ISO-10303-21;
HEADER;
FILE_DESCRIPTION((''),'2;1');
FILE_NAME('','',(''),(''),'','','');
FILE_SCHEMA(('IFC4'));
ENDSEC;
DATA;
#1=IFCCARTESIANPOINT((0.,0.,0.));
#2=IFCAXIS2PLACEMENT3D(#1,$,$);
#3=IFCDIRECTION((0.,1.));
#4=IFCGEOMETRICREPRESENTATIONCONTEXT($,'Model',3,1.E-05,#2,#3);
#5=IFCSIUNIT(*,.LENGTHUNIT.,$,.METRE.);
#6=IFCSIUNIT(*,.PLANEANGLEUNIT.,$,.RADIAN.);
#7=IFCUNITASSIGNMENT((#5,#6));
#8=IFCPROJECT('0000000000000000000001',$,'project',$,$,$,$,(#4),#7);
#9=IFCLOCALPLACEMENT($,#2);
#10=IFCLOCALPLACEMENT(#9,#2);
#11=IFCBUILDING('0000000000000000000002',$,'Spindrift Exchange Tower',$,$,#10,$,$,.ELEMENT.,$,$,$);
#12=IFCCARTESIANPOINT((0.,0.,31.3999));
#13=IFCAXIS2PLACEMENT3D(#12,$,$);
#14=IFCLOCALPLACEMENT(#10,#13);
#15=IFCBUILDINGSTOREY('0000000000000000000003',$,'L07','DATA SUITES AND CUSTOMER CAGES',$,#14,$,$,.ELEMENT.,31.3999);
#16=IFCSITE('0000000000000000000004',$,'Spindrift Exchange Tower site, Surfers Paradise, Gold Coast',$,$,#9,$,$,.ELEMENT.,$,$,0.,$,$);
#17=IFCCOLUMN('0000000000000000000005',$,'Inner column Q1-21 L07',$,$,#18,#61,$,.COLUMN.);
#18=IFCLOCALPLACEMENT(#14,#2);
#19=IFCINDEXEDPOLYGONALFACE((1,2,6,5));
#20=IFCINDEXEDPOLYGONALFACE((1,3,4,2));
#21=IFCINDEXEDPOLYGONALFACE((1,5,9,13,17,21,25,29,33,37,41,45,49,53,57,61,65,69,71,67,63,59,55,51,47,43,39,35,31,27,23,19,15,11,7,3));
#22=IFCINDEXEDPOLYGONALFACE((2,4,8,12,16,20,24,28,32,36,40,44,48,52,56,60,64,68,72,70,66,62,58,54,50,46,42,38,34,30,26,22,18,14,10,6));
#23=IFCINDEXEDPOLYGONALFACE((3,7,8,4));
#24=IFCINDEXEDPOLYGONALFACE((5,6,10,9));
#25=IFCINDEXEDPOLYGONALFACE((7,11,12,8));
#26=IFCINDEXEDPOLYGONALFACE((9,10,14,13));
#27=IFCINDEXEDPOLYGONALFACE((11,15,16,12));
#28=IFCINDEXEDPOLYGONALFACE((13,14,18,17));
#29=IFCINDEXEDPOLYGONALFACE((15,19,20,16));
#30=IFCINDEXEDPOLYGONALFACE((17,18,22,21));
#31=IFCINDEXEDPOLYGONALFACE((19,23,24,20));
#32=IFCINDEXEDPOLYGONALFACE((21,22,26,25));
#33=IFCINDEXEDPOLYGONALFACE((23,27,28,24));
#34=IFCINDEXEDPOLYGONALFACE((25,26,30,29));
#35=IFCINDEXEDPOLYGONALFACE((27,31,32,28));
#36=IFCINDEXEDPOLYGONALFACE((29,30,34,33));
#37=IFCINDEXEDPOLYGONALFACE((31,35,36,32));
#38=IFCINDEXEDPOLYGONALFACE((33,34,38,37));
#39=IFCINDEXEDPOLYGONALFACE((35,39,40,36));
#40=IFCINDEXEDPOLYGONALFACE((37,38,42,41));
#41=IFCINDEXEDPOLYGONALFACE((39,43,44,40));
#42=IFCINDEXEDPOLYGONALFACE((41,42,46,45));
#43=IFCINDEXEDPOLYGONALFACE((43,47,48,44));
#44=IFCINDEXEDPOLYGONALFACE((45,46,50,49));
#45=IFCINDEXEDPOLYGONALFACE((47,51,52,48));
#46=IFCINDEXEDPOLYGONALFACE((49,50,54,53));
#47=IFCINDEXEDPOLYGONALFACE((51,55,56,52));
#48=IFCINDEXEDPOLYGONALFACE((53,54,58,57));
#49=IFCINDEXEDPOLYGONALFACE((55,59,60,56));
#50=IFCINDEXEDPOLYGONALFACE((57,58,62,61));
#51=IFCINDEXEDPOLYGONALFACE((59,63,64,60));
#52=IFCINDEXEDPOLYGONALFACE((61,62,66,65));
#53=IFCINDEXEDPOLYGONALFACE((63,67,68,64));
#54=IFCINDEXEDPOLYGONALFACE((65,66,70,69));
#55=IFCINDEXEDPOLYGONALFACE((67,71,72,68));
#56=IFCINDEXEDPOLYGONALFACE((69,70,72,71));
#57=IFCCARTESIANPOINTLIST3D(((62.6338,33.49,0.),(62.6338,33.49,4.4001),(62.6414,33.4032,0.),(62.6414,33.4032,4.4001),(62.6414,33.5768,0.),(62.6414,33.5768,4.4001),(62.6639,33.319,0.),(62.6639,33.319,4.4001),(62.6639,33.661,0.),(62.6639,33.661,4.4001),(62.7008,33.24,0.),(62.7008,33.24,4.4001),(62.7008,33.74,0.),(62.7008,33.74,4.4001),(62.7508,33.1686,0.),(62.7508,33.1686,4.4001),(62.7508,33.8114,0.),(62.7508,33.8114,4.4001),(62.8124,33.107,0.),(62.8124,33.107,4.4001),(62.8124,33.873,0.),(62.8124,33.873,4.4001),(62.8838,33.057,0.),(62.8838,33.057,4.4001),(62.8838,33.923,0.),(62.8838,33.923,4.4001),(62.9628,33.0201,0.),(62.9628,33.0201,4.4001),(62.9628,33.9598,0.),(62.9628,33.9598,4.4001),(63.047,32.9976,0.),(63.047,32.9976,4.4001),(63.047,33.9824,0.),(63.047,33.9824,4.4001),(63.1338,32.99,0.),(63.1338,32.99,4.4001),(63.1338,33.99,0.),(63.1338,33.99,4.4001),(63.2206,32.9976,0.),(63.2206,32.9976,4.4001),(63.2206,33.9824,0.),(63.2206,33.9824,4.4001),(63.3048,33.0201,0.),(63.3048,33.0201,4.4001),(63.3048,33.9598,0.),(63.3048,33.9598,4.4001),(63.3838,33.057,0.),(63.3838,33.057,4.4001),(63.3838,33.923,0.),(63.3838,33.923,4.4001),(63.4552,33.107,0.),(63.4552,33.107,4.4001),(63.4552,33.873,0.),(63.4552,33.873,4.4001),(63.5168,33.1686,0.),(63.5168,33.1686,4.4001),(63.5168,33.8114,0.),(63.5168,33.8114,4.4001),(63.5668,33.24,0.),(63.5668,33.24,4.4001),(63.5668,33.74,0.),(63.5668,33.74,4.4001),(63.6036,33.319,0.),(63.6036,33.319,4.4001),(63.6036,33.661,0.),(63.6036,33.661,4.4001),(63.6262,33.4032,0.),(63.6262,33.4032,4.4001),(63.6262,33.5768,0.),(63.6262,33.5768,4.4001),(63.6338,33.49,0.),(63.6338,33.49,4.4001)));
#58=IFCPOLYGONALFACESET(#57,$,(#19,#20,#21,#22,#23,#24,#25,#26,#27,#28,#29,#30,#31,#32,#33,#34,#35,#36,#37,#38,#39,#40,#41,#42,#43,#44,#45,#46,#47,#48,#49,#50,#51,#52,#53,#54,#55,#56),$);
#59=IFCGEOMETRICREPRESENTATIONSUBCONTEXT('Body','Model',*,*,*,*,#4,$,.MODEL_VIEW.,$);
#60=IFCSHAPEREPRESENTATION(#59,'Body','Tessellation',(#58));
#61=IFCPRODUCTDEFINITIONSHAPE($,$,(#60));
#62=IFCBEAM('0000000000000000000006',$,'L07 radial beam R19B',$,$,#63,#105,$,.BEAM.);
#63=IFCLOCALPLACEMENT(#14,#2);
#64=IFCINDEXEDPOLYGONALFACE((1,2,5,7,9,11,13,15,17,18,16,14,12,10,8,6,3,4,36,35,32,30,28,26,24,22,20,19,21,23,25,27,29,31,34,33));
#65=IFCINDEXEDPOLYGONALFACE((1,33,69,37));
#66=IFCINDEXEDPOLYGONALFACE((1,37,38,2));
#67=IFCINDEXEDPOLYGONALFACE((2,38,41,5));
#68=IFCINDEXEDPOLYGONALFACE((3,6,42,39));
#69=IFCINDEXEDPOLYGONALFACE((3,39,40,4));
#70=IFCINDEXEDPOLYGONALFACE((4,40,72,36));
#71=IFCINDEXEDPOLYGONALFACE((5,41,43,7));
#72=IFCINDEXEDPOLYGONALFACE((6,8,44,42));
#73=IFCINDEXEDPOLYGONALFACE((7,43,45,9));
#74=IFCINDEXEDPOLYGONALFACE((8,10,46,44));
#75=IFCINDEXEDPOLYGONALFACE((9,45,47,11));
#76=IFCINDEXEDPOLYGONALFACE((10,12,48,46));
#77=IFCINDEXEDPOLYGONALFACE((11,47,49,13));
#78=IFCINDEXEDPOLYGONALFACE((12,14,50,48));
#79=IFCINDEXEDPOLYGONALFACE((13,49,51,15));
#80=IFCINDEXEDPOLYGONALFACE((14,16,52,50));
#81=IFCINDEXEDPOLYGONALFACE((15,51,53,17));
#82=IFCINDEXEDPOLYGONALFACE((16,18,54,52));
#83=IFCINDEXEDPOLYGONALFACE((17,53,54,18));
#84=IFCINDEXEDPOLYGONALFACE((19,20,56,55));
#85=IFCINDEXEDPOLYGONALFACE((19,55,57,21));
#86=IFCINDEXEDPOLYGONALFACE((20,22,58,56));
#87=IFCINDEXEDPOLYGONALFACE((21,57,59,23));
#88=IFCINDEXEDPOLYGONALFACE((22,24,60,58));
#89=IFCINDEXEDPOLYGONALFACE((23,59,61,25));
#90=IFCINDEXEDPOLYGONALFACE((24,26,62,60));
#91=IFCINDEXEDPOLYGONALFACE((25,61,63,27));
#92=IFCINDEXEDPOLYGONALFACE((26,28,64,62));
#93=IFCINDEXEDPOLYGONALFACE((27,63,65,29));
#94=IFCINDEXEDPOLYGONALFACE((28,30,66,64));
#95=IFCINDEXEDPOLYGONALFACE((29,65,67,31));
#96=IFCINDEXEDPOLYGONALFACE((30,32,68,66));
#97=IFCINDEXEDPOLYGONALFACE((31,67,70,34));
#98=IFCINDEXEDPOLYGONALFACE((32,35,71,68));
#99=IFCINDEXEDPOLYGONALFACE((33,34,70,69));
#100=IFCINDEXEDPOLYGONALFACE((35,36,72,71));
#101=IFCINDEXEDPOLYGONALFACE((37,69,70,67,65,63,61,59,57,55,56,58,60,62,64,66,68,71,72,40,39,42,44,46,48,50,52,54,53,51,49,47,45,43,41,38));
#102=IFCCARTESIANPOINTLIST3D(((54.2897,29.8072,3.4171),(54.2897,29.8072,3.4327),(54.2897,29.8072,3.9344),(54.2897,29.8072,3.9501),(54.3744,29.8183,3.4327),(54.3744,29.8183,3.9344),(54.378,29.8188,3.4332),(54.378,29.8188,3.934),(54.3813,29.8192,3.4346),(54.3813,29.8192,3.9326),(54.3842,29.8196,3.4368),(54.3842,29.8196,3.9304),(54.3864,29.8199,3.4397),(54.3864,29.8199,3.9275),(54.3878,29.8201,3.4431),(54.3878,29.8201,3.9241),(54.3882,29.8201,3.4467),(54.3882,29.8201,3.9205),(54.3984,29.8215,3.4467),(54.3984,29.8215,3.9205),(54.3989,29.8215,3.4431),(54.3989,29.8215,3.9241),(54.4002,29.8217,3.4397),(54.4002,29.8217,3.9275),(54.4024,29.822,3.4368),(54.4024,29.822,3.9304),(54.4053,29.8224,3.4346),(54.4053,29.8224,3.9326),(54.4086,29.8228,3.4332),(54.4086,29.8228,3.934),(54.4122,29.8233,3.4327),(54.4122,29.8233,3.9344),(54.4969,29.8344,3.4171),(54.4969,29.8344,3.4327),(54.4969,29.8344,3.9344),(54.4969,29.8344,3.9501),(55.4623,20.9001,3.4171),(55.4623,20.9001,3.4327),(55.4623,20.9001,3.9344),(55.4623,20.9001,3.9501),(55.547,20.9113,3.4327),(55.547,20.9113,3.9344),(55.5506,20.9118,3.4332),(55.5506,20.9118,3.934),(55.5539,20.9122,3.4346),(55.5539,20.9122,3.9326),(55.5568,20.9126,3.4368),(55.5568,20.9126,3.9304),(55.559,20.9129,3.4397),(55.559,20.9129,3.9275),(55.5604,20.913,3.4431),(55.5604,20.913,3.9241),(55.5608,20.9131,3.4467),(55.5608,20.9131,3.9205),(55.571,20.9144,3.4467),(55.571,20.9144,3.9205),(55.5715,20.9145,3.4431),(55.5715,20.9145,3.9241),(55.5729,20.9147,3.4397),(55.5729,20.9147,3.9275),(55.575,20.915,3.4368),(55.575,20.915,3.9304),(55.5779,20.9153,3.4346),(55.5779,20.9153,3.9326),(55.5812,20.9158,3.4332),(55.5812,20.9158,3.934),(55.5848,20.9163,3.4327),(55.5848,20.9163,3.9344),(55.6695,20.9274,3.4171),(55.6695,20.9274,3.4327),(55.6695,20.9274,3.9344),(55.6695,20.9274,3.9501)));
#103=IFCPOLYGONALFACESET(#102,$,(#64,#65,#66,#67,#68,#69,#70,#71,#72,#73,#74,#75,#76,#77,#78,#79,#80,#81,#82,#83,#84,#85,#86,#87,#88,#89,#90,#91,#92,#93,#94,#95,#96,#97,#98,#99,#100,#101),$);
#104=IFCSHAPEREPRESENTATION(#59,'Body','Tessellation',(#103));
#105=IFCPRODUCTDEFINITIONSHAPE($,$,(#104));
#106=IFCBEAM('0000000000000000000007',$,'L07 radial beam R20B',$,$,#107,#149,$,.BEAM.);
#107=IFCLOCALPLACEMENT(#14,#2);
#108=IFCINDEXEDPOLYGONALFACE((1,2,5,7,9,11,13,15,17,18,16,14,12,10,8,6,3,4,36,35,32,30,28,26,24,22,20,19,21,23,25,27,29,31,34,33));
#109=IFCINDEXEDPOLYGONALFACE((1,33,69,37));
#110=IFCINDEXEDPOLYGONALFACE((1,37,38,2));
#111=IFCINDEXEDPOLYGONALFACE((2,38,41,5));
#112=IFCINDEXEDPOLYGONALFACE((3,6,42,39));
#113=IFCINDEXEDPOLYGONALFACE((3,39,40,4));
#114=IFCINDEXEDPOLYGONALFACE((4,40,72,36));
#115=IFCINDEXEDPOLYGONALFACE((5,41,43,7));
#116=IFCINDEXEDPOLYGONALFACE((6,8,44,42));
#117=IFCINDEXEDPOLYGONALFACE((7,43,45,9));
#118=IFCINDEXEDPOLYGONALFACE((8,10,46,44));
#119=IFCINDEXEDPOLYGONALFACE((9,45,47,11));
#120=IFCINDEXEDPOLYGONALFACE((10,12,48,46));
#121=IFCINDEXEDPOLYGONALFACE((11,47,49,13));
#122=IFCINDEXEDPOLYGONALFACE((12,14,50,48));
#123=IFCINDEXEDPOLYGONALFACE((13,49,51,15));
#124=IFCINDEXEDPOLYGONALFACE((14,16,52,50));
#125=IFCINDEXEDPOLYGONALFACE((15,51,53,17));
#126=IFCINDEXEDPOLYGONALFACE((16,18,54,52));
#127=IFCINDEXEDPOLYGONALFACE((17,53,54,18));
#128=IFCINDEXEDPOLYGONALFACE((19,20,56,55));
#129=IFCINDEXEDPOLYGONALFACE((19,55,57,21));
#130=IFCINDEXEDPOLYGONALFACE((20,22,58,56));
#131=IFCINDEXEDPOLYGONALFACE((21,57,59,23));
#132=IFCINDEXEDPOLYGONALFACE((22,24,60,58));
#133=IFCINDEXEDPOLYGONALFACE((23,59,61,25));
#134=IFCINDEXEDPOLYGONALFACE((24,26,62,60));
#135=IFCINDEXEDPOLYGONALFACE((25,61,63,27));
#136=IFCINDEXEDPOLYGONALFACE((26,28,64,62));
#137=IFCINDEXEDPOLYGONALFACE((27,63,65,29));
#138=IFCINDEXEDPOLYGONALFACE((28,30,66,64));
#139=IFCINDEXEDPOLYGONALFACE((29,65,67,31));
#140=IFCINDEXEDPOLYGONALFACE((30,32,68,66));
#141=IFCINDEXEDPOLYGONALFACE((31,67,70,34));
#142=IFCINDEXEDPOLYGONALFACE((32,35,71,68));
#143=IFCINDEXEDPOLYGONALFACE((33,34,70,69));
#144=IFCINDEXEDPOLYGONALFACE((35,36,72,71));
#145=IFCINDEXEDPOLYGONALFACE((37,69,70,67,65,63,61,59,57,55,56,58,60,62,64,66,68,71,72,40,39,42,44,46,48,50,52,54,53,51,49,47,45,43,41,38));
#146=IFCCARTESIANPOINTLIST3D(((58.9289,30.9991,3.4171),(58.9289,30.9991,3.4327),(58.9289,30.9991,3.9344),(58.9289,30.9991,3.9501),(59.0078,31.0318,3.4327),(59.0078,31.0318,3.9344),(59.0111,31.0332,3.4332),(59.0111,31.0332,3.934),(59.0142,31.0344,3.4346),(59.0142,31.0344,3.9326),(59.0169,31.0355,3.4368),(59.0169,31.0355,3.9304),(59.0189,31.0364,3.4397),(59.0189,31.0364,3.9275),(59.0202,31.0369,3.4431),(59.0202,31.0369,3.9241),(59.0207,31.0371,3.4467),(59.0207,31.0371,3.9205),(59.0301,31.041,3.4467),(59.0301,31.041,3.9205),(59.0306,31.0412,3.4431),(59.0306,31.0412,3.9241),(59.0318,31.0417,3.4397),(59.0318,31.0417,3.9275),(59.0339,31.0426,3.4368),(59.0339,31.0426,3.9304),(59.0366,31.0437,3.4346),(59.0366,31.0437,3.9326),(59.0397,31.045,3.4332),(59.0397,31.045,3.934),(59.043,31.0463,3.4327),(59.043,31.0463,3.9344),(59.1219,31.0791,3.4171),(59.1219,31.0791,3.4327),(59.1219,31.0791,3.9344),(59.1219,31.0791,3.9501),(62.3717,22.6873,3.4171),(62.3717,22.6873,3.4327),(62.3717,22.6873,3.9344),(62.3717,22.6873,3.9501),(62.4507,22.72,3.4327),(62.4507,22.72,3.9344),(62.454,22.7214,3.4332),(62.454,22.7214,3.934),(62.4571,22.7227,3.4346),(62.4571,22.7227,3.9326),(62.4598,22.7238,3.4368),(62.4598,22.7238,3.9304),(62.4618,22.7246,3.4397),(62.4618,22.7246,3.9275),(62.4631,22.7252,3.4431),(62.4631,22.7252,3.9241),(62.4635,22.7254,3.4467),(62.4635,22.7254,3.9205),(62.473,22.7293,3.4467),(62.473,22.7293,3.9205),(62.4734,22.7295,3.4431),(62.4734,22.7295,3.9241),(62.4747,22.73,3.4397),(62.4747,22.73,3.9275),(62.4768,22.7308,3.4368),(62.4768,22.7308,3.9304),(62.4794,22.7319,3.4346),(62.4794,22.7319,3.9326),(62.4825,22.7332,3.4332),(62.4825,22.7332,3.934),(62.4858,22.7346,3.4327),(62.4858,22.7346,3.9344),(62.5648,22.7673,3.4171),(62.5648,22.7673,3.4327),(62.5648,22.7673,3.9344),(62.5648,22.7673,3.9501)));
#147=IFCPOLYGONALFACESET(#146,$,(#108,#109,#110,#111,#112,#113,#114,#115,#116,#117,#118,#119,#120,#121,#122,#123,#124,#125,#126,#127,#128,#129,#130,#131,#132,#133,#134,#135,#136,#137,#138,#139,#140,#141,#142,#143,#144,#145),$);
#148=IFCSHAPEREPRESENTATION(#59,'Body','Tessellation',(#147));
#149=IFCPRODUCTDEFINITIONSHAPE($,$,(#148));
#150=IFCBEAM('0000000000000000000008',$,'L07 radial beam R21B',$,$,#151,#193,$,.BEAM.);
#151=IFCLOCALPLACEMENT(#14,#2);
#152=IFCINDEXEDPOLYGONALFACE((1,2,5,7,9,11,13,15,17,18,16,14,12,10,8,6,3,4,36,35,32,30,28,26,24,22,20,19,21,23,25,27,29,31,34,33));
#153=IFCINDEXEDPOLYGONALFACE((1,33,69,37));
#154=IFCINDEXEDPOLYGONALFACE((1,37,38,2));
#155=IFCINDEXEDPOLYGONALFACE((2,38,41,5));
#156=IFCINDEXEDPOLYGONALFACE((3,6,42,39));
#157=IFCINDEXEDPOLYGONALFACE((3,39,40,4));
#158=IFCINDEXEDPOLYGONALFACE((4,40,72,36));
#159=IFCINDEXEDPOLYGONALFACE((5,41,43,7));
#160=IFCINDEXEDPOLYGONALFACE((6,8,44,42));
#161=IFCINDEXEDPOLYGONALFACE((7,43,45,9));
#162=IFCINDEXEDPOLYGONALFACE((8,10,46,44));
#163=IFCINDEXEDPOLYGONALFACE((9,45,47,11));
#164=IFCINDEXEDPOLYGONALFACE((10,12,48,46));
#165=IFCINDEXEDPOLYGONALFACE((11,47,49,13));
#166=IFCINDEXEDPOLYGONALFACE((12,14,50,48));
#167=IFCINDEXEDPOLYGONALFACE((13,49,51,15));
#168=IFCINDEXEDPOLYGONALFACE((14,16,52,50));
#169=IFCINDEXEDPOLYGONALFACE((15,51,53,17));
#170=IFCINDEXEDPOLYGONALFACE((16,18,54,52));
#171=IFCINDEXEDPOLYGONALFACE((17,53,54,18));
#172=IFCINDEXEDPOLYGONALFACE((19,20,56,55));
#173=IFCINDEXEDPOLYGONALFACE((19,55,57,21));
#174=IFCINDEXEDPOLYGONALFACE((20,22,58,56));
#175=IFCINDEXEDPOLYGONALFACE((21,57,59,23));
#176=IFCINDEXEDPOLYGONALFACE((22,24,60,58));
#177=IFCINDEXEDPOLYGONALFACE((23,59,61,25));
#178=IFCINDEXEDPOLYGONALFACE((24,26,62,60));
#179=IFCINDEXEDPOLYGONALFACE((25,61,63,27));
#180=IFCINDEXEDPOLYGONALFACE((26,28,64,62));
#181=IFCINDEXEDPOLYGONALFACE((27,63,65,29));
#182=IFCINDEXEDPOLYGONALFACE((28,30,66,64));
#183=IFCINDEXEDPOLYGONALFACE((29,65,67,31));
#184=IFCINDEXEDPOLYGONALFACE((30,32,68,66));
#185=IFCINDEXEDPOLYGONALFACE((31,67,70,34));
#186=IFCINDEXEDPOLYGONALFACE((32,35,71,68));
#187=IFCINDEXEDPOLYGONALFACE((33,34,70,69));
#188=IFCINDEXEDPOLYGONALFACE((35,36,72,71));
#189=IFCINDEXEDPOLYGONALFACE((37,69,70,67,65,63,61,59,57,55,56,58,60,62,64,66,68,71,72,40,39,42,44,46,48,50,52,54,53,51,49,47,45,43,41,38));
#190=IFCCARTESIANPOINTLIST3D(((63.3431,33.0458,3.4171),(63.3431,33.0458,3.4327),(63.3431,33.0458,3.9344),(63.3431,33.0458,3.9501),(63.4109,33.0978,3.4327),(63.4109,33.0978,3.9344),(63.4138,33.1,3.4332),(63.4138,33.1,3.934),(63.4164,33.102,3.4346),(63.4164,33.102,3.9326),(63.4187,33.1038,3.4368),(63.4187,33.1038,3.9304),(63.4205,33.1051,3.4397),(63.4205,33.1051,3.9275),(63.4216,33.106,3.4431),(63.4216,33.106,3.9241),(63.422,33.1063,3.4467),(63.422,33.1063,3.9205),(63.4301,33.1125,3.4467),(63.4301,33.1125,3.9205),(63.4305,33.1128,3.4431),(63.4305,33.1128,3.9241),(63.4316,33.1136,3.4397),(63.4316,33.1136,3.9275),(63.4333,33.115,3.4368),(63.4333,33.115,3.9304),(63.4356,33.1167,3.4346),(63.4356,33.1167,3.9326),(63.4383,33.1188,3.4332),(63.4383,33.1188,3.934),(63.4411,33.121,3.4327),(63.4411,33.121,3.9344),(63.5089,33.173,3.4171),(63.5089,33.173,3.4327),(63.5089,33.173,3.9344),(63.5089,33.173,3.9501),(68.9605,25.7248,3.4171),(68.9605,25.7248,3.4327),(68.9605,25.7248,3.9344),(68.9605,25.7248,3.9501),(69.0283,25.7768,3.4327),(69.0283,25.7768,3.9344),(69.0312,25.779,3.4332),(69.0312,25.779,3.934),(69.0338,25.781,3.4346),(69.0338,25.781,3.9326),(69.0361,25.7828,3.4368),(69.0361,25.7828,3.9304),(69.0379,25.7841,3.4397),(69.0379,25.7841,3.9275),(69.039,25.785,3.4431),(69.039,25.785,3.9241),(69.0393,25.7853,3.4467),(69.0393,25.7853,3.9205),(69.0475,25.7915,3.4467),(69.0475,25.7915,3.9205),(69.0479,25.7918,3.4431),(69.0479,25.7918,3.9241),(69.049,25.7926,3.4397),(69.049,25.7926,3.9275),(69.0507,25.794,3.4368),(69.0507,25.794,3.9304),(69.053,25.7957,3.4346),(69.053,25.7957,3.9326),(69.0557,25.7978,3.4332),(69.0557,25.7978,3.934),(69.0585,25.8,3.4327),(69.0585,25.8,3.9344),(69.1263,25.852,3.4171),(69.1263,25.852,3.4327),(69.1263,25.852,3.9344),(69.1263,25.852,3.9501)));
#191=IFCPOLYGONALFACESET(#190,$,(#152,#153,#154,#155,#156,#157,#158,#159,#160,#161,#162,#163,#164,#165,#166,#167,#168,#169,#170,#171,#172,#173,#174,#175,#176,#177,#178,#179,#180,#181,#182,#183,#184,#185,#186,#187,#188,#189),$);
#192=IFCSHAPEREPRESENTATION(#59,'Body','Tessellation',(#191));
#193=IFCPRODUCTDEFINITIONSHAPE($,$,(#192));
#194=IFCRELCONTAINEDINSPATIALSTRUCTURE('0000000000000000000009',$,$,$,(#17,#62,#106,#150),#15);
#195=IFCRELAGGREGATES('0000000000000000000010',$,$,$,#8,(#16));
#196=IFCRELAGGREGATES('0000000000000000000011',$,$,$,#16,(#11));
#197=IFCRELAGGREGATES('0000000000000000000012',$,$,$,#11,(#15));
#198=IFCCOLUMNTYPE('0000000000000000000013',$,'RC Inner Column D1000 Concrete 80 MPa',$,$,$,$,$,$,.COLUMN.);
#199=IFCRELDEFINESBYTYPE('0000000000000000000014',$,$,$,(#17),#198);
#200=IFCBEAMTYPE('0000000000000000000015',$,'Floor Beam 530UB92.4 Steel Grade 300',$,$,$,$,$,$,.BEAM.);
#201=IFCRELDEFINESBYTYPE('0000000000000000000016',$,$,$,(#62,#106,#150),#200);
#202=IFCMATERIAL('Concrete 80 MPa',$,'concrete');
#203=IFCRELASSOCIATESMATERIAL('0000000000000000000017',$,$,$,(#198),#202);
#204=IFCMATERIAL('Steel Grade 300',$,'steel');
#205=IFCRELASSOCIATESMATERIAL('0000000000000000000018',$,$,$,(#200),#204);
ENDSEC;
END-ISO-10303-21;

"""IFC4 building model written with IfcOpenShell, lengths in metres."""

from ifc_helpers import new_model, si_unit, direction, frame, origin, origin_2d, place, context, subcontext, project, spatial, circle, i_section, extrude, source, transform, mapped, material, material_profile, profile_set, type_object, element, save


model = new_model("IFC4")

# Units and contexts
model_context = context("Model", 3, precision=1e-05, world=origin(), true_north=direction((0.0, 1.0)))
body_context = subcontext(model_context, "Body", "Model", "MODEL_VIEW")
ifc_project = project(units=[si_unit("LENGTHUNIT", "METRE"), si_unit("PLANEANGLEUNIT", "RADIAN")], contexts=[model_context])

# Site, building, storey
site_placement = place(None, origin())
site = spatial("IfcSite", under=ifc_project, at=site_placement, Name="Spindrift Exchange Tower site, Surfers Paradise, Gold Coast", CompositionType="ELEMENT", RefElevation=0.0)
building_placement = place(site_placement, origin())
building = spatial("IfcBuilding", under=site, at=building_placement, Name="Spindrift Exchange Tower", CompositionType="ELEMENT")
storey_placement = place(building_placement, frame((0.0, 0.0, 31.3999)))
storey = spatial("IfcBuildingStorey", under=building, at=storey_placement, Name="L07", Description="DATA SUITES AND CUSTOMER CAGES", CompositionType="ELEMENT", Elevation=31.3999)

# Column
ifc_material_1 = material(Name="Concrete 80 MPa", Category="concrete")
ifc_material_profile_1 = material_profile(ifc_material_1, circle(Radius=0.5, at=origin_2d()), Name="RC D1000")
ifc_profile_set_1 = profile_set([ifc_material_profile_1], Name="Concrete 80 MPa")
column_type_1 = type_object("IfcColumnType", Name="RC Inner Column D1000 Concrete 80 MPa", PredefinedType="COLUMN", material=ifc_profile_set_1)
shared_shape_1 = source(origin(), body_context, "Body", "SweptSolid", [
    extrude(circle(Radius=0.5, at=origin_2d()), origin(), (0.0, 0.0, 1.0), 4.4001),
])
for number, where, z_axis, x_axis, name in (
    (1, (63.1338, 33.49, 0.0), (0.0, 0.0, 1.0), (1.0, 0.0, 0.0), "Inner column Q1-21 L07"),
):
    element("IfcColumn", number, at=place(storey_placement, frame(where, z_axis=z_axis, x_axis=x_axis)), inside=storey, type_object=column_type_1, Name=name, PredefinedType="COLUMN", context=body_context, shape_type="MappedRepresentation", body=[
        mapped(shared_shape_1, transform((0.0, 0.0, 0.0), scale=1.0)),
    ])

# Beams
ifc_material_2 = material(Name="Steel Grade 300", Category="steel")
ifc_material_profile_2 = material_profile(ifc_material_2, i_section(OverallWidth=0.209, OverallDepth=0.533, WebThickness=0.0103, FlangeThickness=0.0156, FilletRadius=0.0139, at=origin_2d()), Name="530UB92.4")
ifc_profile_set_2 = profile_set([ifc_material_profile_2], Name="Steel Grade 300")
beam_type_1 = type_object("IfcBeamType", Name="Floor Beam 530UB92.4 Steel Grade 300", PredefinedType="BEAM", material=ifc_profile_set_2)
shared_shape_2 = source(origin(), body_context, "Body", "SweptSolid", [
    extrude(i_section(OverallWidth=0.209, OverallDepth=0.533, WebThickness=0.0103, FlangeThickness=0.0156, FilletRadius=0.0139, at=origin_2d()), origin(), (0.0, 0.0, 1.0), 8.9839),
])
beam_1_placement = place(storey_placement, frame((54.3933, 29.8208, 3.6836), z_axis=(0.130524, -0.991445, 0.0), x_axis=(0.991445, 0.130524, 0.0)))
element("IfcBeam", 2, at=beam_1_placement, inside=storey, type_object=beam_type_1, Name="L07 radial beam R19B", PredefinedType="BEAM", context=body_context, shape_type="MappedRepresentation", body=[
    mapped(shared_shape_2, transform((0.0, 0.0, 0.0), scale=1.0)),
])
shared_shape_3 = source(origin(), body_context, "Body", "SweptSolid", [
    extrude(i_section(OverallWidth=0.209, OverallDepth=0.533, WebThickness=0.0103, FlangeThickness=0.0156, FilletRadius=0.0139, at=origin_2d()), origin(), (0.0, 0.0, 1.0), 8.9966),
])
beam_2_placement = place(storey_placement, frame((59.0254, 31.0391, 3.6836), z_axis=(0.382686, -0.923879, 0.0), x_axis=(0.923879, 0.382686, 0.0)))
element("IfcBeam", 3, at=beam_2_placement, inside=storey, type_object=beam_type_1, Name="L07 radial beam R20B", PredefinedType="BEAM", context=body_context, shape_type="MappedRepresentation", body=[
    mapped(shared_shape_3, transform((0.0, 0.0, 0.0), scale=1.0)),
])
shared_shape_4 = source(origin(), body_context, "Body", "SweptSolid", [
    extrude(i_section(OverallWidth=0.209, OverallDepth=0.533, WebThickness=0.0103, FlangeThickness=0.0156, FilletRadius=0.0139, at=origin_2d()), origin(), (0.0, 0.0, 1.0), 9.2278),
])
beam_3_placement = place(storey_placement, frame((63.426, 33.1094, 3.6836), z_axis=(0.608748, -0.793364, 0.0), x_axis=(0.793364, 0.608748, 0.0)))
element("IfcBeam", 4, at=beam_3_placement, inside=storey, type_object=beam_type_1, Name="L07 radial beam R21B", PredefinedType="BEAM", context=body_context, shape_type="MappedRepresentation", body=[
    mapped(shared_shape_4, transform((0.0, 0.0, 0.0), scale=1.0)),
])

save(model, "model.ifc")
